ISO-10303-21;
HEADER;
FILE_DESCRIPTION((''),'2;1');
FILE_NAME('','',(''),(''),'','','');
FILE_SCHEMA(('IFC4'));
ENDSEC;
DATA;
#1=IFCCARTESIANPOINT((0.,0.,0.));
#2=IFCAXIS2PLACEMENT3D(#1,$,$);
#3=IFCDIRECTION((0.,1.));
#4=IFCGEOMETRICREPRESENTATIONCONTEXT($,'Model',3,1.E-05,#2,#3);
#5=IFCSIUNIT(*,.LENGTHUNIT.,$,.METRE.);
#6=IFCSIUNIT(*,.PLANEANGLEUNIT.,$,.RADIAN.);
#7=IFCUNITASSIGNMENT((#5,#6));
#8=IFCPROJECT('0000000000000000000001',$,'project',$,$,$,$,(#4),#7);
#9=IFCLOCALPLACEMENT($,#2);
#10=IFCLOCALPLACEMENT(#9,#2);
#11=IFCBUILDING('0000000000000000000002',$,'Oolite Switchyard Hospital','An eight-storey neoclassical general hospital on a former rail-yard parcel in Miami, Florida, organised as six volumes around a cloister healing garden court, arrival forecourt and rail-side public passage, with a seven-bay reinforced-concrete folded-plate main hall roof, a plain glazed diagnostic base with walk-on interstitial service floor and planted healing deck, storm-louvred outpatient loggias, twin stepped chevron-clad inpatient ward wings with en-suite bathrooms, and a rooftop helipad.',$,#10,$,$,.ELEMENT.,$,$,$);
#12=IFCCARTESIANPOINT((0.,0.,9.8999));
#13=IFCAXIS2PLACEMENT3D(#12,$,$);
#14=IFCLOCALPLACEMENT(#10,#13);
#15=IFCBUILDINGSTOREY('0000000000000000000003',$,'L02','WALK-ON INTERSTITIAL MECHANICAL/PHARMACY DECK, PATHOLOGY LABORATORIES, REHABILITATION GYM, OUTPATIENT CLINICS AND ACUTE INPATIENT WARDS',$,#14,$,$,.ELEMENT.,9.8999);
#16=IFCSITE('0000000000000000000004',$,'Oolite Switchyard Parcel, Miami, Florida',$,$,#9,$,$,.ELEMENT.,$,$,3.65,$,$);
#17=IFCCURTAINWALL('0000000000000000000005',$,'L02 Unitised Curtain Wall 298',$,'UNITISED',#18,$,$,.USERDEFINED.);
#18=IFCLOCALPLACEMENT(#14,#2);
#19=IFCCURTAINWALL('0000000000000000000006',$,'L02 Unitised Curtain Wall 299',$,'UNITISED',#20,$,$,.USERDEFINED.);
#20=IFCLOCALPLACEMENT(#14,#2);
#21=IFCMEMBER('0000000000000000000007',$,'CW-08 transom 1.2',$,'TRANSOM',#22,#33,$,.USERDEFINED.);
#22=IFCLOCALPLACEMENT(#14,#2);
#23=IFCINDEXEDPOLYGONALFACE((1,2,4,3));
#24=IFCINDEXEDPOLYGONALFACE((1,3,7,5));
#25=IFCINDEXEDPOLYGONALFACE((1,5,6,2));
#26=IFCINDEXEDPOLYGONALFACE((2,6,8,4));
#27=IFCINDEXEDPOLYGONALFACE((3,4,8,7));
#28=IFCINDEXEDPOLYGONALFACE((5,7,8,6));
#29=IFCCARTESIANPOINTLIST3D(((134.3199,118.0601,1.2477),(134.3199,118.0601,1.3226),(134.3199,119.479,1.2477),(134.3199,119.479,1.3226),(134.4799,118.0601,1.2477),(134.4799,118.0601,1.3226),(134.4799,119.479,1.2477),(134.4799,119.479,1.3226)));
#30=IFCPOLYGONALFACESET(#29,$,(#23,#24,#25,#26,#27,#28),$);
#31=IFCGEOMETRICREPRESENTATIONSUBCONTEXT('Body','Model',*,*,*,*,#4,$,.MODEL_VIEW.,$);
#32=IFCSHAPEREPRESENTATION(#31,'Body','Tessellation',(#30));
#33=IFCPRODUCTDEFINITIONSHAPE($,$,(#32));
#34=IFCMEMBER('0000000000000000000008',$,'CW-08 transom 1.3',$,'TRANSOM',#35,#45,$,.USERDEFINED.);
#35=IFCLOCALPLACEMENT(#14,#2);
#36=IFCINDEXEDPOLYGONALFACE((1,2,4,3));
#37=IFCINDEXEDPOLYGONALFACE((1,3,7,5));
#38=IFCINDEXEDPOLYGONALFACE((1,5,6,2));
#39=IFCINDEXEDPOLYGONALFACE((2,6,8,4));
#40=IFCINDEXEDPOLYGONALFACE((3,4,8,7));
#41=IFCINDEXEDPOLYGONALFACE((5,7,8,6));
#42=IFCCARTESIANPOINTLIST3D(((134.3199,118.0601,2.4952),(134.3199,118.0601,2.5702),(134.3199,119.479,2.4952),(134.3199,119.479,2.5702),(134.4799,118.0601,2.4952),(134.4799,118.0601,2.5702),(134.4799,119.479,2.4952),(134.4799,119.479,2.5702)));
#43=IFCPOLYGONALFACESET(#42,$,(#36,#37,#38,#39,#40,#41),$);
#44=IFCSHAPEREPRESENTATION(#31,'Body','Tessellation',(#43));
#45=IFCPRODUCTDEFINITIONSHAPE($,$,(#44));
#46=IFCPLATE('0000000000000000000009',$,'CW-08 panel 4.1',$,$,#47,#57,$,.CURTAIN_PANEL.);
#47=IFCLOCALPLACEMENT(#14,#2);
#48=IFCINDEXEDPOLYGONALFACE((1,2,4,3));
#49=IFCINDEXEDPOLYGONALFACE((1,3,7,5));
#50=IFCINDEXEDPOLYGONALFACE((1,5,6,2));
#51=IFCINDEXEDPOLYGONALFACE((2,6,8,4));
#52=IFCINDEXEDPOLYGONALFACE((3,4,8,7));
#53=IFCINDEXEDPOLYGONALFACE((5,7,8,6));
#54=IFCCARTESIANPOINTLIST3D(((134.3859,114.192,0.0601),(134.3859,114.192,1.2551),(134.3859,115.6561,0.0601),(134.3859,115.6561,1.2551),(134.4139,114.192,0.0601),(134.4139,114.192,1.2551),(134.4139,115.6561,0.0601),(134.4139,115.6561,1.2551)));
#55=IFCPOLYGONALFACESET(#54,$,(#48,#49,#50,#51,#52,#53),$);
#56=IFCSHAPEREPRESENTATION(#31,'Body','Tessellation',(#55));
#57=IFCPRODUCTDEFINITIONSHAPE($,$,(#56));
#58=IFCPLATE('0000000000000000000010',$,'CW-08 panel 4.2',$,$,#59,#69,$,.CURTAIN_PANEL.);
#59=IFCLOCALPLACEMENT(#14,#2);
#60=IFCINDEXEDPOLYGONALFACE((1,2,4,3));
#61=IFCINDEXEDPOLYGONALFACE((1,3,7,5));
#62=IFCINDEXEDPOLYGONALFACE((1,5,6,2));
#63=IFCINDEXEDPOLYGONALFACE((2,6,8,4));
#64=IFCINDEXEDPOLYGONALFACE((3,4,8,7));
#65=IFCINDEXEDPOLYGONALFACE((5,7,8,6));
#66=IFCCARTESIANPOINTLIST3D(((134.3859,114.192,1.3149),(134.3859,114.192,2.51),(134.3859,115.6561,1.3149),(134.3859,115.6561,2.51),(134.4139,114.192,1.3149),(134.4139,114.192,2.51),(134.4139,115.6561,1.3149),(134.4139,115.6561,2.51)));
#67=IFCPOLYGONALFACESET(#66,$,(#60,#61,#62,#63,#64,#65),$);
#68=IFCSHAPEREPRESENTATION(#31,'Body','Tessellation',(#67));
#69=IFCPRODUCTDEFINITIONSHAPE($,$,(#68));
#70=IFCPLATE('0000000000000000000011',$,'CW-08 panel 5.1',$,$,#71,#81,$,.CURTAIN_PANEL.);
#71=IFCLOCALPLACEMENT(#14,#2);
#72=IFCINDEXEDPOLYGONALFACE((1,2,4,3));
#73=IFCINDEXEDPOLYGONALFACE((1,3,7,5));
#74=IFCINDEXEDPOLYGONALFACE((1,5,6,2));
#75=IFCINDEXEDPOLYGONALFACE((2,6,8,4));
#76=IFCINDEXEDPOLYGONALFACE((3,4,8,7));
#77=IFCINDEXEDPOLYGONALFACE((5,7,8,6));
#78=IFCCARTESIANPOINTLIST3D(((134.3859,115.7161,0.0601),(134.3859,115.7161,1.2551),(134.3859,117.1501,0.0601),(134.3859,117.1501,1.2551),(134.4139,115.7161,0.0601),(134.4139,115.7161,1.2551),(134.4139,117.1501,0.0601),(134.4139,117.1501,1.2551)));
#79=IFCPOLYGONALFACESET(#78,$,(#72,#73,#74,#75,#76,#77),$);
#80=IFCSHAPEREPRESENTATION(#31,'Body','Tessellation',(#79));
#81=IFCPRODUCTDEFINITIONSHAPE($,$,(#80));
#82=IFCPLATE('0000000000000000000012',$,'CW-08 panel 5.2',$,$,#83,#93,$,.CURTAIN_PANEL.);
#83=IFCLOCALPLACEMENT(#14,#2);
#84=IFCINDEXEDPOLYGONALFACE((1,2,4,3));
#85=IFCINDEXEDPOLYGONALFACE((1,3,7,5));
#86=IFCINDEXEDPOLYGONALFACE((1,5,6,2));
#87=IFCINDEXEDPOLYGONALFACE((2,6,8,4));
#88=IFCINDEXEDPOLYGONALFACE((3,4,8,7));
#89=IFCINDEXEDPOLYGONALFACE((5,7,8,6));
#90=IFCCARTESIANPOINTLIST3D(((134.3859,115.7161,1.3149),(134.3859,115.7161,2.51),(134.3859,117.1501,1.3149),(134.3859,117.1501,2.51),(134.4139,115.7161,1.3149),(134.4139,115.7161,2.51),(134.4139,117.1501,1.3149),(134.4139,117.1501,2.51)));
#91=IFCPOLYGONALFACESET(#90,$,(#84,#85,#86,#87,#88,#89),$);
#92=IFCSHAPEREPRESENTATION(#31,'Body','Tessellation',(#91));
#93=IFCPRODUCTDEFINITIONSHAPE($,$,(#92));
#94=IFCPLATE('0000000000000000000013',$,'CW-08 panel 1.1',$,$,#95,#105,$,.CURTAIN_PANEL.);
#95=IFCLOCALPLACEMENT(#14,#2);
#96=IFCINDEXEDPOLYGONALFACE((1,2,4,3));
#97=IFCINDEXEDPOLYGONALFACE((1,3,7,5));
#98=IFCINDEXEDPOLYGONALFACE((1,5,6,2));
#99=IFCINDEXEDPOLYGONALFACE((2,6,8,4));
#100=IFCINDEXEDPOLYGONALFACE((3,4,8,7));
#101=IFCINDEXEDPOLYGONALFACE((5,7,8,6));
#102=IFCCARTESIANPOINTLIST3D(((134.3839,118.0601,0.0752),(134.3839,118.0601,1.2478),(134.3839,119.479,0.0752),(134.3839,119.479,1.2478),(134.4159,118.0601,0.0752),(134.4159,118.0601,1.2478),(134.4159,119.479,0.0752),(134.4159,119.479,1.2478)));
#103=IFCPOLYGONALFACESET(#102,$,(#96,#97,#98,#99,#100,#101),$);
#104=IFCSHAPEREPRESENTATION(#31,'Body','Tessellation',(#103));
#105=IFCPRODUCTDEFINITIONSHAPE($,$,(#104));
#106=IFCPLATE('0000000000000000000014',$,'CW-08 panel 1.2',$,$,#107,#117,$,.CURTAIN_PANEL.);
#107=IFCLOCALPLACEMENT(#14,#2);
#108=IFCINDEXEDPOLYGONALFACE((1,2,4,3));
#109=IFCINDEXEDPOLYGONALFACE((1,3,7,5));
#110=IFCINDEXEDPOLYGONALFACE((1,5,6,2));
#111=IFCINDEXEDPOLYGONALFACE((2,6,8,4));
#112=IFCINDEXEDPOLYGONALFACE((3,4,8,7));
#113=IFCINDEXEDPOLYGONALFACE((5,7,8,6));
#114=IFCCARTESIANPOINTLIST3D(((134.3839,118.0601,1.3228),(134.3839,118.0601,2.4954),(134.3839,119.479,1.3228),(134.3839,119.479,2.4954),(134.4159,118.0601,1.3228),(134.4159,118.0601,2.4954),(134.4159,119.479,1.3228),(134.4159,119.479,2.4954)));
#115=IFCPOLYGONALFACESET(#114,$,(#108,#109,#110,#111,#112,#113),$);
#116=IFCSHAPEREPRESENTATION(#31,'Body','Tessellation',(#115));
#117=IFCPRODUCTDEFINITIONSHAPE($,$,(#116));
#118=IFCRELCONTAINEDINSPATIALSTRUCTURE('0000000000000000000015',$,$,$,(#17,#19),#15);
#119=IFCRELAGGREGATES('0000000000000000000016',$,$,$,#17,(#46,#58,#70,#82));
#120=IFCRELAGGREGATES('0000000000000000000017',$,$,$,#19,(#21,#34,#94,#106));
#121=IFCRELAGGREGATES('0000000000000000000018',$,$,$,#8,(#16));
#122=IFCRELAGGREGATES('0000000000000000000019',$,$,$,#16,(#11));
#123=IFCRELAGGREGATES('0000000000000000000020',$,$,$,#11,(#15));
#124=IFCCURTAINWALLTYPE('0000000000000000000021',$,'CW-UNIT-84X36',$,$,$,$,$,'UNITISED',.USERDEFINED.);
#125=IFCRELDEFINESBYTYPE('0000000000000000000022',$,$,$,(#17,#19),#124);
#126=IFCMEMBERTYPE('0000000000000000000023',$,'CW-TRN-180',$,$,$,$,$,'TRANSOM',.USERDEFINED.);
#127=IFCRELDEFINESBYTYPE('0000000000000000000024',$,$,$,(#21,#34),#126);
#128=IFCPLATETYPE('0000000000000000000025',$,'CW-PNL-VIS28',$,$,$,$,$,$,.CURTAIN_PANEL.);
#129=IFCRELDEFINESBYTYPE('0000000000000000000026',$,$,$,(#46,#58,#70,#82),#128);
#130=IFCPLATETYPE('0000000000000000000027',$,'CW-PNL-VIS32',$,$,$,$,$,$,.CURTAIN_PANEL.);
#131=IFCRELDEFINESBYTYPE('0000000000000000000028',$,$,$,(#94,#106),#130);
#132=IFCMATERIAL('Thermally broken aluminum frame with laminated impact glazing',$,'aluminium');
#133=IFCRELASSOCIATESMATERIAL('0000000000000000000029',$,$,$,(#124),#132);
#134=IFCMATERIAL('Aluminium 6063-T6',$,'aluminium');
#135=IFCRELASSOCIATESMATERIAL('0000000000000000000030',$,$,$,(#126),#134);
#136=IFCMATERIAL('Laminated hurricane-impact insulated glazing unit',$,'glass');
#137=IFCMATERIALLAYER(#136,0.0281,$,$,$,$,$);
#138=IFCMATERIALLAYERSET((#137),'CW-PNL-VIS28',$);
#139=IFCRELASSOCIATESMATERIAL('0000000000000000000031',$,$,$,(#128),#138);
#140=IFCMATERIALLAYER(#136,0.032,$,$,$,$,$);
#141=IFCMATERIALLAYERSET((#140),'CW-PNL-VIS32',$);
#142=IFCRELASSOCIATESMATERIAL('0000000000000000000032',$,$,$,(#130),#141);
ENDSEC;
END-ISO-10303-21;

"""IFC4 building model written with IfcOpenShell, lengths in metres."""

from ifc_helpers import new_model, si_unit, direction, frame, origin, origin_2d, place, context, subcontext, project, spatial, rectangle, extrude, material, layer, layer_set, material_profile, profile_set, type_object, element, aggregate, save


model = new_model("IFC4")

# Units and contexts
model_context = context("Model", 3, precision=1e-05, world=origin(), true_north=direction((0.0, 1.0)))
body_context = subcontext(model_context, "Body", "Model", "MODEL_VIEW")
ifc_project = project(units=[si_unit("LENGTHUNIT", "METRE"), si_unit("PLANEANGLEUNIT", "RADIAN")], contexts=[model_context])

# Site, building, storey
site_placement = place(None, origin())
site = spatial("IfcSite", under=ifc_project, at=site_placement, Name="Oolite Switchyard Parcel, Miami, Florida", CompositionType="ELEMENT", RefElevation=3.65)
building_placement = place(site_placement, origin())
building = spatial("IfcBuilding", under=site, at=building_placement, Name="Oolite Switchyard Hospital", Description="An eight-storey neoclassical general hospital on a former rail-yard parcel in Miami, Florida, organised as six volumes around a cloister healing garden court, arrival forecourt and rail-side public passage, with a seven-bay reinforced-concrete folded-plate main hall roof, a plain glazed diagnostic base with walk-on interstitial service floor and planted healing deck, storm-louvred outpatient loggias, twin stepped chevron-clad inpatient ward wings with en-suite bathrooms, and a rooftop helipad.", CompositionType="ELEMENT")
storey_placement = place(building_placement, frame((0.0, 0.0, 9.8999)))
storey = spatial("IfcBuildingStorey", under=building, at=storey_placement, Name="L02", Description="WALK-ON INTERSTITIAL MECHANICAL/PHARMACY DECK, PATHOLOGY LABORATORIES, REHABILITATION GYM, OUTPATIENT CLINICS AND ACUTE INPATIENT WARDS", CompositionType="ELEMENT", Elevation=9.8999)

# Curtain walls
ifc_material_1 = material(Name="Thermally broken aluminum frame with laminated impact glazing", Category="aluminium")
curtain_wall_type = type_object("IfcCurtainWallType", Name="CW-UNIT-84X36", ElementType="UNITISED", PredefinedType="USERDEFINED", material=ifc_material_1)
curtain_wall_1_placement = place(storey_placement, origin())
curtain_wall_1 = element("IfcCurtainWall", 1, at=curtain_wall_1_placement, inside=storey, type_object=curtain_wall_type, Name="L02 Unitised Curtain Wall 298", ObjectType="UNITISED", PredefinedType="USERDEFINED")
ifc_material_2 = material(Name="Aluminium 6063-T6", Category="aluminium")
curtain_wall_2_placement = place(storey_placement, origin())
curtain_wall_2 = element("IfcCurtainWall", 2, at=curtain_wall_2_placement, inside=storey, type_object=curtain_wall_type, Name="L02 Unitised Curtain Wall 299", ObjectType="UNITISED", PredefinedType="USERDEFINED")

# Members
ifc_material_profile_1 = material_profile(ifc_material_2, rectangle(XDim=0.1599, YDim=0.075, at=origin_2d()), Name="CWT75X160")
ifc_profile_set_1 = profile_set([ifc_material_profile_1], Name="Aluminium 6063-T6")
member_type_1 = type_object("IfcMemberType", Name="CW-TRN-180", ElementType="TRANSOM", PredefinedType="USERDEFINED", material=ifc_profile_set_1)
member_1_placement = place(storey_placement, frame((134.3999, 118.0601, 1.2852), z_axis=(0.0, 1.0, 0.0), x_axis=(-1.0, 0.0, 0.0)))
member_1 = element("IfcMember", 3, at=member_1_placement, type_object=member_type_1, Name="CW-08 transom 1.2", ObjectType="TRANSOM", PredefinedType="USERDEFINED", context=body_context, shape_type="SweptSolid", body=[
    extrude(rectangle(XDim=0.1599, YDim=0.075, at=origin_2d()), origin(), (0.0, 0.0, 1.0), 1.4189),
])
member_2_placement = place(storey_placement, frame((134.3999, 118.0601, 2.5327), z_axis=(0.0, 1.0, 0.0), x_axis=(-1.0, 0.0, 0.0)))
member_2 = element("IfcMember", 4, at=member_2_placement, type_object=member_type_1, Name="CW-08 transom 1.3", ObjectType="TRANSOM", PredefinedType="USERDEFINED", context=body_context, shape_type="SweptSolid", body=[
    extrude(rectangle(XDim=0.1599, YDim=0.075, at=origin_2d()), origin(), (0.0, 0.0, 1.0), 1.4189),
])

# Plates
ifc_material_3 = material(Name="Laminated hurricane-impact insulated glazing unit", Category="glass")
ifc_layer_1 = layer(ifc_material_3, 0.0281)
ifc_layer_set_1 = layer_set([ifc_layer_1], Name="CW-PNL-VIS28")
plate_type_1 = type_object("IfcPlateType", Name="CW-PNL-VIS28", PredefinedType="CURTAIN_PANEL", material=ifc_layer_set_1)
plate_1_placement = place(storey_placement, frame((134.3999, 114.9241, 0.0601), z_axis=(0.0, 0.0, 1.0), x_axis=(0.0, 1.0, 0.0)))
plate_1 = element("IfcPlate", 5, at=plate_1_placement, type_object=plate_type_1, Name="CW-08 panel 4.1", PredefinedType="CURTAIN_PANEL", context=body_context, shape_type="SweptSolid", body=[
    extrude(rectangle(XDim=1.4641, YDim=0.0281, at=origin_2d()), origin(), (0.0, 0.0, 1.0), 1.1951),
])
plate_2_placement = place(storey_placement, frame((134.3999, 114.9241, 1.3149), z_axis=(0.0, 0.0, 1.0), x_axis=(0.0, 1.0, 0.0)))
plate_2 = element("IfcPlate", 6, at=plate_2_placement, type_object=plate_type_1, Name="CW-08 panel 4.2", PredefinedType="CURTAIN_PANEL", context=body_context, shape_type="SweptSolid", body=[
    extrude(rectangle(XDim=1.4641, YDim=0.0281, at=origin_2d()), origin(), (0.0, 0.0, 1.0), 1.1951),
])
plate_3_placement = place(storey_placement, frame((134.3999, 116.4331, 0.0601), z_axis=(0.0, 0.0, 1.0), x_axis=(0.0, 1.0, 0.0)))
plate_3 = element("IfcPlate", 7, at=plate_3_placement, type_object=plate_type_1, Name="CW-08 panel 5.1", PredefinedType="CURTAIN_PANEL", context=body_context, shape_type="SweptSolid", body=[
    extrude(rectangle(XDim=1.4341, YDim=0.0281, at=origin_2d()), origin(), (0.0, 0.0, 1.0), 1.1951),
])
plate_4_placement = place(storey_placement, frame((134.3999, 116.4331, 1.3149), z_axis=(0.0, 0.0, 1.0), x_axis=(0.0, 1.0, 0.0)))
plate_4 = element("IfcPlate", 8, at=plate_4_placement, type_object=plate_type_1, Name="CW-08 panel 5.2", PredefinedType="CURTAIN_PANEL", context=body_context, shape_type="SweptSolid", body=[
    extrude(rectangle(XDim=1.4341, YDim=0.0281, at=origin_2d()), origin(), (0.0, 0.0, 1.0), 1.1951),
])
aggregate(curtain_wall_1, [plate_1, plate_2, plate_3, plate_4])
ifc_layer_2 = layer(ifc_material_3, 0.032)
ifc_layer_set_2 = layer_set([ifc_layer_2], Name="CW-PNL-VIS32")
plate_type_2 = type_object("IfcPlateType", Name="CW-PNL-VIS32", PredefinedType="CURTAIN_PANEL", material=ifc_layer_set_2)
plate_5_placement = place(storey_placement, frame((134.3999, 118.7695, 0.0752), z_axis=(0.0, 0.0, 1.0), x_axis=(0.0, 1.0, 0.0)))
plate_5 = element("IfcPlate", 9, at=plate_5_placement, type_object=plate_type_2, Name="CW-08 panel 1.1", PredefinedType="CURTAIN_PANEL", context=body_context, shape_type="SweptSolid", body=[
    extrude(rectangle(XDim=1.4189, YDim=0.032, at=origin_2d()), origin(), (0.0, 0.0, 1.0), 1.1726),
])
plate_6_placement = place(storey_placement, frame((134.3999, 118.7695, 1.3228), z_axis=(0.0, 0.0, 1.0), x_axis=(0.0, 1.0, 0.0)))
plate_6 = element("IfcPlate", 10, at=plate_6_placement, type_object=plate_type_2, Name="CW-08 panel 1.2", PredefinedType="CURTAIN_PANEL", context=body_context, shape_type="SweptSolid", body=[
    extrude(rectangle(XDim=1.4189, YDim=0.032, at=origin_2d()), origin(), (0.0, 0.0, 1.0), 1.1726),
])
aggregate(curtain_wall_2, [member_1, member_2, plate_5, plate_6])

save(model, "model.ifc")
